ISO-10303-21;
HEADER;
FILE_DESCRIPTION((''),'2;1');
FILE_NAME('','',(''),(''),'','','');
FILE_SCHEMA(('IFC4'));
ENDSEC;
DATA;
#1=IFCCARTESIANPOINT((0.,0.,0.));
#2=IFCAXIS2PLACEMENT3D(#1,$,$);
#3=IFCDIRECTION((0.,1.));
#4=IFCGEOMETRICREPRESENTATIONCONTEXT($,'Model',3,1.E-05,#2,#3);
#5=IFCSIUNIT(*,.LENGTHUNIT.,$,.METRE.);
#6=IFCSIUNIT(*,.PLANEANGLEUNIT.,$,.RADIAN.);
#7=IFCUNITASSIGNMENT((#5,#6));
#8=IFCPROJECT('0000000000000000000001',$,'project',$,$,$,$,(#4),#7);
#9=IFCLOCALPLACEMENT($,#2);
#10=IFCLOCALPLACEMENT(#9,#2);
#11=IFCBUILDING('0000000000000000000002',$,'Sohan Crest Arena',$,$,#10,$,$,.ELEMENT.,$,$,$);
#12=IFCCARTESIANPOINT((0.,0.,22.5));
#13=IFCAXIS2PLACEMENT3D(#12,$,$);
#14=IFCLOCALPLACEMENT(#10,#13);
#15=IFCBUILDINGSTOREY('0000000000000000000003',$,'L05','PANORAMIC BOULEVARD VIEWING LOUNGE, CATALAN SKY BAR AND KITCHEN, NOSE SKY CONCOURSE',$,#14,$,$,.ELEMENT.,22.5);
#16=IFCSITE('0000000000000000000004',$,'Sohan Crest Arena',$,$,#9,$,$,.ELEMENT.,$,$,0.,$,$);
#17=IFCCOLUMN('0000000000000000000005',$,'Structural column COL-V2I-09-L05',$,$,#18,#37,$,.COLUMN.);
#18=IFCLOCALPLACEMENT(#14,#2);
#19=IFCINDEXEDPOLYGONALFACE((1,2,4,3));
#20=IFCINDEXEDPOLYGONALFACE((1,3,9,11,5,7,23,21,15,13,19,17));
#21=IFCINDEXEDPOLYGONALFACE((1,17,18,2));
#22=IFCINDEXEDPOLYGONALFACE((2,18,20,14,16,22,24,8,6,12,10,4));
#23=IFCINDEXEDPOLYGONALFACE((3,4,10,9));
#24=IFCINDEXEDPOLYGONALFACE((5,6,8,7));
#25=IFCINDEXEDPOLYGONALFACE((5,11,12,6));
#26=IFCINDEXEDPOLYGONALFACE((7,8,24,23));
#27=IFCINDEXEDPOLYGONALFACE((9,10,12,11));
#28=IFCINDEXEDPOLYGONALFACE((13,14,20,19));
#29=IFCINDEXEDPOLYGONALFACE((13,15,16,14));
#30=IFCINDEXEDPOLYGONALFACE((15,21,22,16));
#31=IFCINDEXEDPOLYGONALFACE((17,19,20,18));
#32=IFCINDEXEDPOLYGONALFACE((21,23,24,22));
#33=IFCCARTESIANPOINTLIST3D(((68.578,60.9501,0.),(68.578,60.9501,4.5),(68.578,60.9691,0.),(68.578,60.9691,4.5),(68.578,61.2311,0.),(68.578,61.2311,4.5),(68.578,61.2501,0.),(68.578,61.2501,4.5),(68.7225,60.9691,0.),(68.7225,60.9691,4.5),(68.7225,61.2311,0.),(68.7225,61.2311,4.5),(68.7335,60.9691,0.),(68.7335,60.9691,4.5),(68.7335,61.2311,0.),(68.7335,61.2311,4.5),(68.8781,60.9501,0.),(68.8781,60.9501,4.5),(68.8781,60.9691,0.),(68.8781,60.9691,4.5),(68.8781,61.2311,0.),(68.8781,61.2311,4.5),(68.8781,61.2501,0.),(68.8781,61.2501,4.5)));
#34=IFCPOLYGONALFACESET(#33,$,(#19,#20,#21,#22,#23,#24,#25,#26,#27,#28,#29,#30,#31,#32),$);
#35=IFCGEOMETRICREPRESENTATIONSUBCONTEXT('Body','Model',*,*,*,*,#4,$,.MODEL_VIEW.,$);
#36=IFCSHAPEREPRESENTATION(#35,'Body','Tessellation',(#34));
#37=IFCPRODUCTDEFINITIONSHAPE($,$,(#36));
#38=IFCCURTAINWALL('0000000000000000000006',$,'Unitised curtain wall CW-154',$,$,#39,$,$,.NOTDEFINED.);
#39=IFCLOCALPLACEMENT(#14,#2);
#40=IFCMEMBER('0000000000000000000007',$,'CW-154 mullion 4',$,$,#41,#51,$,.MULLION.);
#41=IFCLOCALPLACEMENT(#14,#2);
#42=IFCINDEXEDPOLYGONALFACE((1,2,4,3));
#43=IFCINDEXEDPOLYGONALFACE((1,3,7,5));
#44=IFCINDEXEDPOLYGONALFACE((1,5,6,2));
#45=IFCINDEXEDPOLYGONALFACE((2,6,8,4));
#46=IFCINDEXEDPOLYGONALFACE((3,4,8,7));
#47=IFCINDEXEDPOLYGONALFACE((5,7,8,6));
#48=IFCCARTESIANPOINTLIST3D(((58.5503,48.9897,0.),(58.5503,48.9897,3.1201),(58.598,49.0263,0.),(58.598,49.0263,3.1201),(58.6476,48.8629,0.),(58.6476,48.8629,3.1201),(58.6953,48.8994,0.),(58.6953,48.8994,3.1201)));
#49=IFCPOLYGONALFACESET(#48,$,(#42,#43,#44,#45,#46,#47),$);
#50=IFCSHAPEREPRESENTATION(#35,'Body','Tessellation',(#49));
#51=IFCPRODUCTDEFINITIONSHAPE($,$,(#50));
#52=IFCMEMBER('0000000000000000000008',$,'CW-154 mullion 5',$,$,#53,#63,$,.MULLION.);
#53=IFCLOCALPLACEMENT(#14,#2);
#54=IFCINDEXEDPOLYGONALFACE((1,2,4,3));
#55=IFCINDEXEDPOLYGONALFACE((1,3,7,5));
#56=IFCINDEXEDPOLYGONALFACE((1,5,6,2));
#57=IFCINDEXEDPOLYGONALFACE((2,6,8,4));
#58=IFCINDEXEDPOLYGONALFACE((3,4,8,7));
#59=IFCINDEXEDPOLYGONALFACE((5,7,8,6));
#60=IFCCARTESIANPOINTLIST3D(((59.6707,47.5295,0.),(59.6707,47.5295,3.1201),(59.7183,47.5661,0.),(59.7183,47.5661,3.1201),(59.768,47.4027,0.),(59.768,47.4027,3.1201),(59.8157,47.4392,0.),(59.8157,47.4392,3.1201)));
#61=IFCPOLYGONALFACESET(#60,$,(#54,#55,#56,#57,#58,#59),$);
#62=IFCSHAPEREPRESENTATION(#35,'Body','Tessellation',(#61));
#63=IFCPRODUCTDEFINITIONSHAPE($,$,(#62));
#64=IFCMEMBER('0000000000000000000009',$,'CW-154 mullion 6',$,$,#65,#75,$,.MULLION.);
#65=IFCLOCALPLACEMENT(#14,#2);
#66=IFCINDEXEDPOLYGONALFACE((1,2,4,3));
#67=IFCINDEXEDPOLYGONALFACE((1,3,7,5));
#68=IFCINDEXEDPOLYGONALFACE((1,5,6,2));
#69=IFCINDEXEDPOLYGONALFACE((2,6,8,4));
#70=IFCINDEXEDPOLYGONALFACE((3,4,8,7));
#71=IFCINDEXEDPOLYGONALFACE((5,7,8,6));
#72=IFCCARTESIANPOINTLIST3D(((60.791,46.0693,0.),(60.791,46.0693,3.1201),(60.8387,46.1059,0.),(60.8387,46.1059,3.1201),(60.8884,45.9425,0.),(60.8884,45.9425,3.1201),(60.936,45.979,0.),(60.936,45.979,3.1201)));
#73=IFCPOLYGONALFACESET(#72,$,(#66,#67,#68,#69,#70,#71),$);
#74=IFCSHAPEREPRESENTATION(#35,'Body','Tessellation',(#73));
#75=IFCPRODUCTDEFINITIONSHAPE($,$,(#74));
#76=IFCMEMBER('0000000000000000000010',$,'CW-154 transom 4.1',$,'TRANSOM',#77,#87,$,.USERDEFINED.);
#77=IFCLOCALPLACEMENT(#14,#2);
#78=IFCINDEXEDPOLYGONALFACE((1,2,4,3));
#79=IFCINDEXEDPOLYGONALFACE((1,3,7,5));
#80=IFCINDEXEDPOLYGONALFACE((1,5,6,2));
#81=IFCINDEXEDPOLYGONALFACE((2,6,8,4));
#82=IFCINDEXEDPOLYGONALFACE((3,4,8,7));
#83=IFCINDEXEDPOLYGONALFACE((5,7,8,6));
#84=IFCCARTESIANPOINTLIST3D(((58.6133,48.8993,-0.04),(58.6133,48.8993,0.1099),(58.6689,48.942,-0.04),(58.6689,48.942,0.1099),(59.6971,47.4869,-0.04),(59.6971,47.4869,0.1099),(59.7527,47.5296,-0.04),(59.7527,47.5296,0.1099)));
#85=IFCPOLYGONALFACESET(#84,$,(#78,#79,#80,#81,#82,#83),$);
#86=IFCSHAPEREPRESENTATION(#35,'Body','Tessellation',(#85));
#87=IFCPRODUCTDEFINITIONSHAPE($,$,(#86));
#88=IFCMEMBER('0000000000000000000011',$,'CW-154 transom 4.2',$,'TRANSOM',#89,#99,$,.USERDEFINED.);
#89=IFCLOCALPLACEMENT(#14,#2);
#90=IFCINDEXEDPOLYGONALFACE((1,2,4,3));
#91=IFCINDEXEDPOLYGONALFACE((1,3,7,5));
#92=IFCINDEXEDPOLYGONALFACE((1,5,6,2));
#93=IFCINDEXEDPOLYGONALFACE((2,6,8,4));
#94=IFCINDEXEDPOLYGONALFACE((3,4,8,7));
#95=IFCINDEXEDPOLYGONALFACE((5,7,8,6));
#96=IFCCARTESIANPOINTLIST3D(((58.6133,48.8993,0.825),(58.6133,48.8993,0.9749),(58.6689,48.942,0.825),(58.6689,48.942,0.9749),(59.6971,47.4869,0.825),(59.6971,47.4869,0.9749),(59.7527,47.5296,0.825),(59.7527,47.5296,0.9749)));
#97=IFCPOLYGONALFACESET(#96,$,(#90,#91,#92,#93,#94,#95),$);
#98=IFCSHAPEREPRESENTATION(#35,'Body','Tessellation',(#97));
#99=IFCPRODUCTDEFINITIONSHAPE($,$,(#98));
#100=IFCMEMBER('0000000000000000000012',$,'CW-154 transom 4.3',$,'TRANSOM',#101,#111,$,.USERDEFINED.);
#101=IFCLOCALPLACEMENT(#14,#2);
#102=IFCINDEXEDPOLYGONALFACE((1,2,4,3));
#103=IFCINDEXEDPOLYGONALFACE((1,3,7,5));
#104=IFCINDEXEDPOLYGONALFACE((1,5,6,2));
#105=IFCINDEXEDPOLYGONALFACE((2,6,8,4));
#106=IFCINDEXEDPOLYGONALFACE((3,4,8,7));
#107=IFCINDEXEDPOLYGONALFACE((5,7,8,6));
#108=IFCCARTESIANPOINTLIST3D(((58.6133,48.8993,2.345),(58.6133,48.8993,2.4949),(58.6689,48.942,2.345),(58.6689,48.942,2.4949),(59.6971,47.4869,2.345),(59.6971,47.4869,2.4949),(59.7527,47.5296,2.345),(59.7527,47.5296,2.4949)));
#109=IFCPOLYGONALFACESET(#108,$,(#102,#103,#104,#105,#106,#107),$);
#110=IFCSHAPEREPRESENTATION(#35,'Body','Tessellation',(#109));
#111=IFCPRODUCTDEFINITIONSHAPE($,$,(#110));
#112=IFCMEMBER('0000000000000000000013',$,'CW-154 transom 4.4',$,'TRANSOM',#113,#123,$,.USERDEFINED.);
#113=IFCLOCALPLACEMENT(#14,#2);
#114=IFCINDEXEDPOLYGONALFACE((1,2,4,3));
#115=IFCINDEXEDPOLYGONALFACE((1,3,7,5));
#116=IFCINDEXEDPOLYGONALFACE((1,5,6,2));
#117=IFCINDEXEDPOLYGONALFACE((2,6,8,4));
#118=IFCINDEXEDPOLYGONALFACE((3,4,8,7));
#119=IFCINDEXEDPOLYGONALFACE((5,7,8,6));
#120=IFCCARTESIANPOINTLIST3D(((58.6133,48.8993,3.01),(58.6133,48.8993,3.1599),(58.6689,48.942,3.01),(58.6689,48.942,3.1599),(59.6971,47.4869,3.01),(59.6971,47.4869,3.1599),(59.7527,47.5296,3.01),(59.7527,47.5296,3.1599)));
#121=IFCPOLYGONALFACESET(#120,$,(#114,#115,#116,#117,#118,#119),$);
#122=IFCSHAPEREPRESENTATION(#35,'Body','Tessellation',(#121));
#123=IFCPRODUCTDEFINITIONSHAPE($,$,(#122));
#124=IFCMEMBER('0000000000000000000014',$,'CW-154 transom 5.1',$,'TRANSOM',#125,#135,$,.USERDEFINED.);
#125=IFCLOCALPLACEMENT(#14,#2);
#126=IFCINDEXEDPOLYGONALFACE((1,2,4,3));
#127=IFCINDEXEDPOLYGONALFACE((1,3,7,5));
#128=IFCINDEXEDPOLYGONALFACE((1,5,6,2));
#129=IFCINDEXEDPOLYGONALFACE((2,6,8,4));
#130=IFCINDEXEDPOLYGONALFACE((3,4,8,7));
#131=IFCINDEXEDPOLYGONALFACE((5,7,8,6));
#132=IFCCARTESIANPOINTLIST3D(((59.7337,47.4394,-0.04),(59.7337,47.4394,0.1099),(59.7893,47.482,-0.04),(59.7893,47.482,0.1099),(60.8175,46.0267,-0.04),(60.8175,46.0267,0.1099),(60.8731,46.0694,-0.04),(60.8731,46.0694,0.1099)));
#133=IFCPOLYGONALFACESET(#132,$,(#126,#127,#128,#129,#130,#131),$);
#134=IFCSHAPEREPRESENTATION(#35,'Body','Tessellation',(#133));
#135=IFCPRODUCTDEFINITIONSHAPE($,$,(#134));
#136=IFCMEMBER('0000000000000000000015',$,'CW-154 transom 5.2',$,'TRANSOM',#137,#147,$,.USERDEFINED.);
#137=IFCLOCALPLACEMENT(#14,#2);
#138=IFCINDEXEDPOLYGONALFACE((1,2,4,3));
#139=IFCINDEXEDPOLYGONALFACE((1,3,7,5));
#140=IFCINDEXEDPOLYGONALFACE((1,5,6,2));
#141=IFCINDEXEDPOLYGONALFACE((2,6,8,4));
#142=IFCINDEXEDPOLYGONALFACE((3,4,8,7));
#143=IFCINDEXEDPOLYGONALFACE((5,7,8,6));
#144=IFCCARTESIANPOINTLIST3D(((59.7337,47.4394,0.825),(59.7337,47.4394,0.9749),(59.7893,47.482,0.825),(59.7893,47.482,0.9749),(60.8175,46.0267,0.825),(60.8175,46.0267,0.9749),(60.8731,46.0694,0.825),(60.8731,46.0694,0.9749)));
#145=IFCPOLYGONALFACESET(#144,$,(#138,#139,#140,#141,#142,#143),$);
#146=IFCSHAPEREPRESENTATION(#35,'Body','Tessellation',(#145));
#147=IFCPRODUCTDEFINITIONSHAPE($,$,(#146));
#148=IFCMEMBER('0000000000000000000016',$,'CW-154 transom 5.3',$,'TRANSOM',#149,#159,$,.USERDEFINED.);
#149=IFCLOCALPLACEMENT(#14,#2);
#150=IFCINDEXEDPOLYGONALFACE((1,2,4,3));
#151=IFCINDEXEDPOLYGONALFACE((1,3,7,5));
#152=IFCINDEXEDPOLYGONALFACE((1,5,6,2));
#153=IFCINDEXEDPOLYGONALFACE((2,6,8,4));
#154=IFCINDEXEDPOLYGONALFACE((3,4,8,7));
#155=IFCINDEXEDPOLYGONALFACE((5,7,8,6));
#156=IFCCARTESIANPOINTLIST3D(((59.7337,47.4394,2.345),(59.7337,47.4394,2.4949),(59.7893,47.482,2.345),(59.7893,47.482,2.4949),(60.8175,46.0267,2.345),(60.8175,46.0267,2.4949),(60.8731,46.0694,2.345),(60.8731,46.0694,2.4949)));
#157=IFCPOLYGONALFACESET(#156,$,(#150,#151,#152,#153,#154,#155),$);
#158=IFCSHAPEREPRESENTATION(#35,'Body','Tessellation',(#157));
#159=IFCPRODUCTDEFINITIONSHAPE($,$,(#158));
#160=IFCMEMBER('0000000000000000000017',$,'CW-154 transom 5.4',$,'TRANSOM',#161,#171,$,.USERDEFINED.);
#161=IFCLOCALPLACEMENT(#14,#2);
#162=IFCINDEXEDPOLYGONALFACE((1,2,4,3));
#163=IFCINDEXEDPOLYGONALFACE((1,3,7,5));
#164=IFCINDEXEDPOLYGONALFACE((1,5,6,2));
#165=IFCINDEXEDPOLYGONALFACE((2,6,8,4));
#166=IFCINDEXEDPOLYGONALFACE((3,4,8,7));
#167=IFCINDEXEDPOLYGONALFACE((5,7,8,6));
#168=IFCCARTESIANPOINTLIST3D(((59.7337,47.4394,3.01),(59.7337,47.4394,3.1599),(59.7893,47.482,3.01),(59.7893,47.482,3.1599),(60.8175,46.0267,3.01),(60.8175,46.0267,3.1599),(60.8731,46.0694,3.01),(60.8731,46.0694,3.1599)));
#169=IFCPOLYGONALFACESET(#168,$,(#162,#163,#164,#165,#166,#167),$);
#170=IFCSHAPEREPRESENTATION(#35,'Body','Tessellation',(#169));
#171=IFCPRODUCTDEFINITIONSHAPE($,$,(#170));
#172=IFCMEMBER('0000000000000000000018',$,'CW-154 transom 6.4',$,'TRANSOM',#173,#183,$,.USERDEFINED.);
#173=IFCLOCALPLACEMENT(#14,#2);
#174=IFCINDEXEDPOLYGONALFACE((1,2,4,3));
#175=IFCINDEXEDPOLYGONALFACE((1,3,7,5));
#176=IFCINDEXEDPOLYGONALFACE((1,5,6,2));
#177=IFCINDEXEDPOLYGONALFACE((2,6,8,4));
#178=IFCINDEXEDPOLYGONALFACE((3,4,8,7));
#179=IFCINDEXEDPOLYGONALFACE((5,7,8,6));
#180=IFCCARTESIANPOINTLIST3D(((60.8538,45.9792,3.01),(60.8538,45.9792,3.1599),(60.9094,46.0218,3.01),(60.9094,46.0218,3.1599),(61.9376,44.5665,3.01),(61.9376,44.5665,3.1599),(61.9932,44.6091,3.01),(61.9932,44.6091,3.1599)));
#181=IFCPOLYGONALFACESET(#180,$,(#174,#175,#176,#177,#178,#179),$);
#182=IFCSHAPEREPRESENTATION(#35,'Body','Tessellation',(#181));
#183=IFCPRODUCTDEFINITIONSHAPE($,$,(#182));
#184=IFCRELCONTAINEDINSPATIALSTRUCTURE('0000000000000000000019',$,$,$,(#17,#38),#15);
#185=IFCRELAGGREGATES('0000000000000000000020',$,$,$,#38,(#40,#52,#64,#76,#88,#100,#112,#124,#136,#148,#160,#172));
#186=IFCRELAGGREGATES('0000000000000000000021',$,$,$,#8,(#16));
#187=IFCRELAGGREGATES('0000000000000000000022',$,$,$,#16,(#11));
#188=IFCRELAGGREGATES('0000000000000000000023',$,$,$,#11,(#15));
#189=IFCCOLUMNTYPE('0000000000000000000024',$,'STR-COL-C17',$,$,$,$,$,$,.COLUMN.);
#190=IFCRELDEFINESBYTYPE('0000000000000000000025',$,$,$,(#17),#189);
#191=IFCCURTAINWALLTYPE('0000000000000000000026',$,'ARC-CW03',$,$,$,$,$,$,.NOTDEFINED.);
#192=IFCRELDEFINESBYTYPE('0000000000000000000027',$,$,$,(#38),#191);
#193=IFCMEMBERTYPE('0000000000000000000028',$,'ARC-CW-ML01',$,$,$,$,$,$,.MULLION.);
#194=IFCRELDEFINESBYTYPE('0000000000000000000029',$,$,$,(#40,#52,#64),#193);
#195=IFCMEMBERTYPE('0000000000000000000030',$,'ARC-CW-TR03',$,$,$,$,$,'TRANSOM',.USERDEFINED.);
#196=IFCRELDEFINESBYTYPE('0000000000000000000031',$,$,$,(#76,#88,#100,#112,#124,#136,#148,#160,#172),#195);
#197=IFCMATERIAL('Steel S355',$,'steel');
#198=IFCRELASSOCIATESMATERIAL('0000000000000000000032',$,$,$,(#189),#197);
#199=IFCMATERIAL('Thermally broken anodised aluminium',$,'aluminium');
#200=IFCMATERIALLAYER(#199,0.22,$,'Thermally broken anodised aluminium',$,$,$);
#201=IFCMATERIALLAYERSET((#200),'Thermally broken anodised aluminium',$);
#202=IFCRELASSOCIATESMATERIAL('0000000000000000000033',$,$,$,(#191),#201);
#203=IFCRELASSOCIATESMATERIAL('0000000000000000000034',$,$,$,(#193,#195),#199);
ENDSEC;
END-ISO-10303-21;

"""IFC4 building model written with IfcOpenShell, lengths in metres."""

from ifc_helpers import new_model, si_unit, direction, frame, origin, origin_2d, place, context, subcontext, project, spatial, rectangle, i_section, extrude, material, layer, layer_set, material_profile, profile_set, type_object, element, aggregate, save


model = new_model("IFC4")

# Units and contexts
model_context = context("Model", 3, precision=1e-05, world=origin(), true_north=direction((0.0, 1.0)))
body_context = subcontext(model_context, "Body", "Model", "MODEL_VIEW")
ifc_project = project(units=[si_unit("LENGTHUNIT", "METRE"), si_unit("PLANEANGLEUNIT", "RADIAN")], contexts=[model_context])

# Site, building, storey
site_placement = place(None, origin())
site = spatial("IfcSite", under=ifc_project, at=site_placement, Name="Sohan Crest Arena", CompositionType="ELEMENT", RefElevation=0.0)
building_placement = place(site_placement, origin())
building = spatial("IfcBuilding", under=site, at=building_placement, Name="Sohan Crest Arena", CompositionType="ELEMENT")
storey_placement = place(building_placement, frame((0.0, 0.0, 22.5)))
storey = spatial("IfcBuildingStorey", under=building, at=storey_placement, Name="L05", Description="PANORAMIC BOULEVARD VIEWING LOUNGE, CATALAN SKY BAR AND KITCHEN, NOSE SKY CONCOURSE", CompositionType="ELEMENT", Elevation=22.5)

# Column
ifc_material_1 = material(Name="Steel S355", Category="steel")
ifc_material_profile_1 = material_profile(ifc_material_1, i_section(OverallWidth=0.3, OverallDepth=0.3, WebThickness=0.011, FlangeThickness=0.019, at=origin_2d()), Name="HEB 300")
ifc_profile_set_1 = profile_set([ifc_material_profile_1], Name="Steel S355")
column_type = type_object("IfcColumnType", Name="STR-COL-C17", PredefinedType="COLUMN", material=ifc_profile_set_1)
column_placement = place(storey_placement, frame((68.728, 61.1001, 0.0), z_axis=(0.0, 0.0, 1.0), x_axis=(1.0, 0.0, 0.0)))
element("IfcColumn", 1, at=column_placement, inside=storey, type_object=column_type, Name="Structural column COL-V2I-09-L05", PredefinedType="COLUMN", context=body_context, shape_type="SweptSolid", body=[
    extrude(i_section(OverallWidth=0.3, OverallDepth=0.3, WebThickness=0.011, FlangeThickness=0.019, at=origin_2d()), origin(), (0.0, 0.0, 1.0), 4.5),
])

# Curtain wall, members
ifc_material_2 = material(Name="Thermally broken anodised aluminium", Category="aluminium")
ifc_layer_1 = layer(ifc_material_2, 0.22, Name="Thermally broken anodised aluminium")
ifc_layer_set_1 = layer_set([ifc_layer_1], Name="Thermally broken anodised aluminium")
curtain_wall_type = type_object("IfcCurtainWallType", Name="ARC-CW03", PredefinedType="NOTDEFINED", material=ifc_layer_set_1)
curtain_wall_placement = place(storey_placement, origin())
curtain_wall = element("IfcCurtainWall", 2, at=curtain_wall_placement, inside=storey, type_object=curtain_wall_type, Name="Unitised curtain wall CW-154", PredefinedType="NOTDEFINED")
ifc_material_profile_2 = material_profile(ifc_material_2, rectangle(XDim=0.0601, YDim=0.1599, at=origin_2d()), Name="ALU-MULL 60x160")
ifc_profile_set_2 = profile_set([ifc_material_profile_2], Name="Thermally broken anodised aluminium")
member_type_1 = type_object("IfcMemberType", Name="ARC-CW-ML01", PredefinedType="MULLION", material=ifc_profile_set_2)
member_1_placement = place(storey_placement, frame((58.6228, 48.9446, 0.0), z_axis=(0.0, 0.0, 1.0), x_axis=(0.793385, 0.60872, 0.0)))
member_1 = element("IfcMember", 3, at=member_1_placement, type_object=member_type_1, Name="CW-154 mullion 4", PredefinedType="MULLION", context=body_context, shape_type="SweptSolid", body=[
    extrude(rectangle(XDim=0.0601, YDim=0.1599, at=origin_2d()), origin(), (0.0, 0.0, 1.0), 3.1201),
])
member_2_placement = place(storey_placement, frame((59.7432, 47.4844, 0.0), z_axis=(0.0, 0.0, 1.0), x_axis=(0.793385, 0.60872, 0.0)))
member_2 = element("IfcMember", 4, at=member_2_placement, type_object=member_type_1, Name="CW-154 mullion 5", PredefinedType="MULLION", context=body_context, shape_type="SweptSolid", body=[
    extrude(rectangle(XDim=0.0601, YDim=0.1599, at=origin_2d()), origin(), (0.0, 0.0, 1.0), 3.1201),
])
member_3_placement = place(storey_placement, frame((60.8635, 46.0242, 0.0), z_axis=(0.0, 0.0, 1.0), x_axis=(0.793385, 0.60872, 0.0)))
member_3 = element("IfcMember", 5, at=member_3_placement, type_object=member_type_1, Name="CW-154 mullion 6", PredefinedType="MULLION", context=body_context, shape_type="SweptSolid", body=[
    extrude(rectangle(XDim=0.0601, YDim=0.1599, at=origin_2d()), origin(), (0.0, 0.0, 1.0), 3.1201),
])
ifc_material_profile_3 = material_profile(ifc_material_2, rectangle(XDim=0.0701, YDim=0.1499, at=origin_2d()), Name="ALU-TRAN 70x150")
ifc_profile_set_3 = profile_set([ifc_material_profile_3], Name="Thermally broken anodised aluminium")
member_type_2 = type_object("IfcMemberType", Name="ARC-CW-TR03", ElementType="TRANSOM", PredefinedType="USERDEFINED", material=ifc_profile_set_3)
member_4_placement = place(storey_placement, frame((58.6411, 48.9207, 0.0349), z_axis=(0.608763, -0.793352, 0.0), x_axis=(0.793352, 0.608763, 0.0)))
member_4 = element("IfcMember", 6, at=member_4_placement, type_object=member_type_2, Name="CW-154 transom 4.1", ObjectType="TRANSOM", PredefinedType="USERDEFINED", context=body_context, shape_type="SweptSolid", body=[
    extrude(rectangle(XDim=0.0701, YDim=0.1499, at=origin_2d()), origin(), (0.0, 0.0, 1.0), 1.7803),
])
member_5_placement = place(storey_placement, frame((58.6411, 48.9207, 0.8999), z_axis=(0.608763, -0.793352, 0.0), x_axis=(0.793352, 0.608763, 0.0)))
member_5 = element("IfcMember", 7, at=member_5_placement, type_object=member_type_2, Name="CW-154 transom 4.2", ObjectType="TRANSOM", PredefinedType="USERDEFINED", context=body_context, shape_type="SweptSolid", body=[
    extrude(rectangle(XDim=0.0701, YDim=0.1499, at=origin_2d()), origin(), (0.0, 0.0, 1.0), 1.7803),
])
member_6_placement = place(storey_placement, frame((58.6411, 48.9207, 2.4199), z_axis=(0.608763, -0.793352, 0.0), x_axis=(0.793352, 0.608763, 0.0)))
member_6 = element("IfcMember", 8, at=member_6_placement, type_object=member_type_2, Name="CW-154 transom 4.3", ObjectType="TRANSOM", PredefinedType="USERDEFINED", context=body_context, shape_type="SweptSolid", body=[
    extrude(rectangle(XDim=0.0701, YDim=0.1499, at=origin_2d()), origin(), (0.0, 0.0, 1.0), 1.7803),
])
member_7_placement = place(storey_placement, frame((58.6411, 48.9207, 3.085), z_axis=(0.608763, -0.793352, 0.0), x_axis=(0.793352, 0.608763, 0.0)))
member_7 = element("IfcMember", 9, at=member_7_placement, type_object=member_type_2, Name="CW-154 transom 4.4", ObjectType="TRANSOM", PredefinedType="USERDEFINED", context=body_context, shape_type="SweptSolid", body=[
    extrude(rectangle(XDim=0.0701, YDim=0.1499, at=origin_2d()), origin(), (0.0, 0.0, 1.0), 1.7803),
])
member_8_placement = place(storey_placement, frame((59.7615, 47.4607, 0.0349), z_axis=(0.608696, -0.793403, 0.0), x_axis=(0.793403, 0.608696, 0.0)))
member_8 = element("IfcMember", 10, at=member_8_placement, type_object=member_type_2, Name="CW-154 transom 5.1", ObjectType="TRANSOM", PredefinedType="USERDEFINED", context=body_context, shape_type="SweptSolid", body=[
    extrude(rectangle(XDim=0.0701, YDim=0.1499, at=origin_2d()), origin(), (0.0, 0.0, 1.0), 1.7805),
])
member_9_placement = place(storey_placement, frame((59.7615, 47.4607, 0.8999), z_axis=(0.608696, -0.793403, 0.0), x_axis=(0.793403, 0.608696, 0.0)))
member_9 = element("IfcMember", 11, at=member_9_placement, type_object=member_type_2, Name="CW-154 transom 5.2", ObjectType="TRANSOM", PredefinedType="USERDEFINED", context=body_context, shape_type="SweptSolid", body=[
    extrude(rectangle(XDim=0.0701, YDim=0.1499, at=origin_2d()), origin(), (0.0, 0.0, 1.0), 1.7805),
])
member_10_placement = place(storey_placement, frame((59.7615, 47.4607, 2.4199), z_axis=(0.608696, -0.793403, 0.0), x_axis=(0.793403, 0.608696, 0.0)))
member_10 = element("IfcMember", 12, at=member_10_placement, type_object=member_type_2, Name="CW-154 transom 5.3", ObjectType="TRANSOM", PredefinedType="USERDEFINED", context=body_context, shape_type="SweptSolid", body=[
    extrude(rectangle(XDim=0.0701, YDim=0.1499, at=origin_2d()), origin(), (0.0, 0.0, 1.0), 1.7805),
])
member_11_placement = place(storey_placement, frame((59.7615, 47.4607, 3.085), z_axis=(0.608696, -0.793403, 0.0), x_axis=(0.793403, 0.608696, 0.0)))
member_11 = element("IfcMember", 13, at=member_11_placement, type_object=member_type_2, Name="CW-154 transom 5.4", ObjectType="TRANSOM", PredefinedType="USERDEFINED", context=body_context, shape_type="SweptSolid", body=[
    extrude(rectangle(XDim=0.0701, YDim=0.1499, at=origin_2d()), origin(), (0.0, 0.0, 1.0), 1.7805),
])
member_12_placement = place(storey_placement, frame((60.8816, 46.0005, 3.085), z_axis=(0.608696, -0.793403, 0.0), x_axis=(0.793403, 0.608696, 0.0)))
member_12 = element("IfcMember", 14, at=member_12_placement, type_object=member_type_2, Name="CW-154 transom 6.4", ObjectType="TRANSOM", PredefinedType="USERDEFINED", context=body_context, shape_type="SweptSolid", body=[
    extrude(rectangle(XDim=0.0701, YDim=0.1499, at=origin_2d()), origin(), (0.0, 0.0, 1.0), 1.7805),
])

aggregate(curtain_wall, [member_1, member_2, member_3, member_4, member_5, member_6, member_7, member_8, member_9, member_10, member_11, member_12])

save(model, "model.ifc")
